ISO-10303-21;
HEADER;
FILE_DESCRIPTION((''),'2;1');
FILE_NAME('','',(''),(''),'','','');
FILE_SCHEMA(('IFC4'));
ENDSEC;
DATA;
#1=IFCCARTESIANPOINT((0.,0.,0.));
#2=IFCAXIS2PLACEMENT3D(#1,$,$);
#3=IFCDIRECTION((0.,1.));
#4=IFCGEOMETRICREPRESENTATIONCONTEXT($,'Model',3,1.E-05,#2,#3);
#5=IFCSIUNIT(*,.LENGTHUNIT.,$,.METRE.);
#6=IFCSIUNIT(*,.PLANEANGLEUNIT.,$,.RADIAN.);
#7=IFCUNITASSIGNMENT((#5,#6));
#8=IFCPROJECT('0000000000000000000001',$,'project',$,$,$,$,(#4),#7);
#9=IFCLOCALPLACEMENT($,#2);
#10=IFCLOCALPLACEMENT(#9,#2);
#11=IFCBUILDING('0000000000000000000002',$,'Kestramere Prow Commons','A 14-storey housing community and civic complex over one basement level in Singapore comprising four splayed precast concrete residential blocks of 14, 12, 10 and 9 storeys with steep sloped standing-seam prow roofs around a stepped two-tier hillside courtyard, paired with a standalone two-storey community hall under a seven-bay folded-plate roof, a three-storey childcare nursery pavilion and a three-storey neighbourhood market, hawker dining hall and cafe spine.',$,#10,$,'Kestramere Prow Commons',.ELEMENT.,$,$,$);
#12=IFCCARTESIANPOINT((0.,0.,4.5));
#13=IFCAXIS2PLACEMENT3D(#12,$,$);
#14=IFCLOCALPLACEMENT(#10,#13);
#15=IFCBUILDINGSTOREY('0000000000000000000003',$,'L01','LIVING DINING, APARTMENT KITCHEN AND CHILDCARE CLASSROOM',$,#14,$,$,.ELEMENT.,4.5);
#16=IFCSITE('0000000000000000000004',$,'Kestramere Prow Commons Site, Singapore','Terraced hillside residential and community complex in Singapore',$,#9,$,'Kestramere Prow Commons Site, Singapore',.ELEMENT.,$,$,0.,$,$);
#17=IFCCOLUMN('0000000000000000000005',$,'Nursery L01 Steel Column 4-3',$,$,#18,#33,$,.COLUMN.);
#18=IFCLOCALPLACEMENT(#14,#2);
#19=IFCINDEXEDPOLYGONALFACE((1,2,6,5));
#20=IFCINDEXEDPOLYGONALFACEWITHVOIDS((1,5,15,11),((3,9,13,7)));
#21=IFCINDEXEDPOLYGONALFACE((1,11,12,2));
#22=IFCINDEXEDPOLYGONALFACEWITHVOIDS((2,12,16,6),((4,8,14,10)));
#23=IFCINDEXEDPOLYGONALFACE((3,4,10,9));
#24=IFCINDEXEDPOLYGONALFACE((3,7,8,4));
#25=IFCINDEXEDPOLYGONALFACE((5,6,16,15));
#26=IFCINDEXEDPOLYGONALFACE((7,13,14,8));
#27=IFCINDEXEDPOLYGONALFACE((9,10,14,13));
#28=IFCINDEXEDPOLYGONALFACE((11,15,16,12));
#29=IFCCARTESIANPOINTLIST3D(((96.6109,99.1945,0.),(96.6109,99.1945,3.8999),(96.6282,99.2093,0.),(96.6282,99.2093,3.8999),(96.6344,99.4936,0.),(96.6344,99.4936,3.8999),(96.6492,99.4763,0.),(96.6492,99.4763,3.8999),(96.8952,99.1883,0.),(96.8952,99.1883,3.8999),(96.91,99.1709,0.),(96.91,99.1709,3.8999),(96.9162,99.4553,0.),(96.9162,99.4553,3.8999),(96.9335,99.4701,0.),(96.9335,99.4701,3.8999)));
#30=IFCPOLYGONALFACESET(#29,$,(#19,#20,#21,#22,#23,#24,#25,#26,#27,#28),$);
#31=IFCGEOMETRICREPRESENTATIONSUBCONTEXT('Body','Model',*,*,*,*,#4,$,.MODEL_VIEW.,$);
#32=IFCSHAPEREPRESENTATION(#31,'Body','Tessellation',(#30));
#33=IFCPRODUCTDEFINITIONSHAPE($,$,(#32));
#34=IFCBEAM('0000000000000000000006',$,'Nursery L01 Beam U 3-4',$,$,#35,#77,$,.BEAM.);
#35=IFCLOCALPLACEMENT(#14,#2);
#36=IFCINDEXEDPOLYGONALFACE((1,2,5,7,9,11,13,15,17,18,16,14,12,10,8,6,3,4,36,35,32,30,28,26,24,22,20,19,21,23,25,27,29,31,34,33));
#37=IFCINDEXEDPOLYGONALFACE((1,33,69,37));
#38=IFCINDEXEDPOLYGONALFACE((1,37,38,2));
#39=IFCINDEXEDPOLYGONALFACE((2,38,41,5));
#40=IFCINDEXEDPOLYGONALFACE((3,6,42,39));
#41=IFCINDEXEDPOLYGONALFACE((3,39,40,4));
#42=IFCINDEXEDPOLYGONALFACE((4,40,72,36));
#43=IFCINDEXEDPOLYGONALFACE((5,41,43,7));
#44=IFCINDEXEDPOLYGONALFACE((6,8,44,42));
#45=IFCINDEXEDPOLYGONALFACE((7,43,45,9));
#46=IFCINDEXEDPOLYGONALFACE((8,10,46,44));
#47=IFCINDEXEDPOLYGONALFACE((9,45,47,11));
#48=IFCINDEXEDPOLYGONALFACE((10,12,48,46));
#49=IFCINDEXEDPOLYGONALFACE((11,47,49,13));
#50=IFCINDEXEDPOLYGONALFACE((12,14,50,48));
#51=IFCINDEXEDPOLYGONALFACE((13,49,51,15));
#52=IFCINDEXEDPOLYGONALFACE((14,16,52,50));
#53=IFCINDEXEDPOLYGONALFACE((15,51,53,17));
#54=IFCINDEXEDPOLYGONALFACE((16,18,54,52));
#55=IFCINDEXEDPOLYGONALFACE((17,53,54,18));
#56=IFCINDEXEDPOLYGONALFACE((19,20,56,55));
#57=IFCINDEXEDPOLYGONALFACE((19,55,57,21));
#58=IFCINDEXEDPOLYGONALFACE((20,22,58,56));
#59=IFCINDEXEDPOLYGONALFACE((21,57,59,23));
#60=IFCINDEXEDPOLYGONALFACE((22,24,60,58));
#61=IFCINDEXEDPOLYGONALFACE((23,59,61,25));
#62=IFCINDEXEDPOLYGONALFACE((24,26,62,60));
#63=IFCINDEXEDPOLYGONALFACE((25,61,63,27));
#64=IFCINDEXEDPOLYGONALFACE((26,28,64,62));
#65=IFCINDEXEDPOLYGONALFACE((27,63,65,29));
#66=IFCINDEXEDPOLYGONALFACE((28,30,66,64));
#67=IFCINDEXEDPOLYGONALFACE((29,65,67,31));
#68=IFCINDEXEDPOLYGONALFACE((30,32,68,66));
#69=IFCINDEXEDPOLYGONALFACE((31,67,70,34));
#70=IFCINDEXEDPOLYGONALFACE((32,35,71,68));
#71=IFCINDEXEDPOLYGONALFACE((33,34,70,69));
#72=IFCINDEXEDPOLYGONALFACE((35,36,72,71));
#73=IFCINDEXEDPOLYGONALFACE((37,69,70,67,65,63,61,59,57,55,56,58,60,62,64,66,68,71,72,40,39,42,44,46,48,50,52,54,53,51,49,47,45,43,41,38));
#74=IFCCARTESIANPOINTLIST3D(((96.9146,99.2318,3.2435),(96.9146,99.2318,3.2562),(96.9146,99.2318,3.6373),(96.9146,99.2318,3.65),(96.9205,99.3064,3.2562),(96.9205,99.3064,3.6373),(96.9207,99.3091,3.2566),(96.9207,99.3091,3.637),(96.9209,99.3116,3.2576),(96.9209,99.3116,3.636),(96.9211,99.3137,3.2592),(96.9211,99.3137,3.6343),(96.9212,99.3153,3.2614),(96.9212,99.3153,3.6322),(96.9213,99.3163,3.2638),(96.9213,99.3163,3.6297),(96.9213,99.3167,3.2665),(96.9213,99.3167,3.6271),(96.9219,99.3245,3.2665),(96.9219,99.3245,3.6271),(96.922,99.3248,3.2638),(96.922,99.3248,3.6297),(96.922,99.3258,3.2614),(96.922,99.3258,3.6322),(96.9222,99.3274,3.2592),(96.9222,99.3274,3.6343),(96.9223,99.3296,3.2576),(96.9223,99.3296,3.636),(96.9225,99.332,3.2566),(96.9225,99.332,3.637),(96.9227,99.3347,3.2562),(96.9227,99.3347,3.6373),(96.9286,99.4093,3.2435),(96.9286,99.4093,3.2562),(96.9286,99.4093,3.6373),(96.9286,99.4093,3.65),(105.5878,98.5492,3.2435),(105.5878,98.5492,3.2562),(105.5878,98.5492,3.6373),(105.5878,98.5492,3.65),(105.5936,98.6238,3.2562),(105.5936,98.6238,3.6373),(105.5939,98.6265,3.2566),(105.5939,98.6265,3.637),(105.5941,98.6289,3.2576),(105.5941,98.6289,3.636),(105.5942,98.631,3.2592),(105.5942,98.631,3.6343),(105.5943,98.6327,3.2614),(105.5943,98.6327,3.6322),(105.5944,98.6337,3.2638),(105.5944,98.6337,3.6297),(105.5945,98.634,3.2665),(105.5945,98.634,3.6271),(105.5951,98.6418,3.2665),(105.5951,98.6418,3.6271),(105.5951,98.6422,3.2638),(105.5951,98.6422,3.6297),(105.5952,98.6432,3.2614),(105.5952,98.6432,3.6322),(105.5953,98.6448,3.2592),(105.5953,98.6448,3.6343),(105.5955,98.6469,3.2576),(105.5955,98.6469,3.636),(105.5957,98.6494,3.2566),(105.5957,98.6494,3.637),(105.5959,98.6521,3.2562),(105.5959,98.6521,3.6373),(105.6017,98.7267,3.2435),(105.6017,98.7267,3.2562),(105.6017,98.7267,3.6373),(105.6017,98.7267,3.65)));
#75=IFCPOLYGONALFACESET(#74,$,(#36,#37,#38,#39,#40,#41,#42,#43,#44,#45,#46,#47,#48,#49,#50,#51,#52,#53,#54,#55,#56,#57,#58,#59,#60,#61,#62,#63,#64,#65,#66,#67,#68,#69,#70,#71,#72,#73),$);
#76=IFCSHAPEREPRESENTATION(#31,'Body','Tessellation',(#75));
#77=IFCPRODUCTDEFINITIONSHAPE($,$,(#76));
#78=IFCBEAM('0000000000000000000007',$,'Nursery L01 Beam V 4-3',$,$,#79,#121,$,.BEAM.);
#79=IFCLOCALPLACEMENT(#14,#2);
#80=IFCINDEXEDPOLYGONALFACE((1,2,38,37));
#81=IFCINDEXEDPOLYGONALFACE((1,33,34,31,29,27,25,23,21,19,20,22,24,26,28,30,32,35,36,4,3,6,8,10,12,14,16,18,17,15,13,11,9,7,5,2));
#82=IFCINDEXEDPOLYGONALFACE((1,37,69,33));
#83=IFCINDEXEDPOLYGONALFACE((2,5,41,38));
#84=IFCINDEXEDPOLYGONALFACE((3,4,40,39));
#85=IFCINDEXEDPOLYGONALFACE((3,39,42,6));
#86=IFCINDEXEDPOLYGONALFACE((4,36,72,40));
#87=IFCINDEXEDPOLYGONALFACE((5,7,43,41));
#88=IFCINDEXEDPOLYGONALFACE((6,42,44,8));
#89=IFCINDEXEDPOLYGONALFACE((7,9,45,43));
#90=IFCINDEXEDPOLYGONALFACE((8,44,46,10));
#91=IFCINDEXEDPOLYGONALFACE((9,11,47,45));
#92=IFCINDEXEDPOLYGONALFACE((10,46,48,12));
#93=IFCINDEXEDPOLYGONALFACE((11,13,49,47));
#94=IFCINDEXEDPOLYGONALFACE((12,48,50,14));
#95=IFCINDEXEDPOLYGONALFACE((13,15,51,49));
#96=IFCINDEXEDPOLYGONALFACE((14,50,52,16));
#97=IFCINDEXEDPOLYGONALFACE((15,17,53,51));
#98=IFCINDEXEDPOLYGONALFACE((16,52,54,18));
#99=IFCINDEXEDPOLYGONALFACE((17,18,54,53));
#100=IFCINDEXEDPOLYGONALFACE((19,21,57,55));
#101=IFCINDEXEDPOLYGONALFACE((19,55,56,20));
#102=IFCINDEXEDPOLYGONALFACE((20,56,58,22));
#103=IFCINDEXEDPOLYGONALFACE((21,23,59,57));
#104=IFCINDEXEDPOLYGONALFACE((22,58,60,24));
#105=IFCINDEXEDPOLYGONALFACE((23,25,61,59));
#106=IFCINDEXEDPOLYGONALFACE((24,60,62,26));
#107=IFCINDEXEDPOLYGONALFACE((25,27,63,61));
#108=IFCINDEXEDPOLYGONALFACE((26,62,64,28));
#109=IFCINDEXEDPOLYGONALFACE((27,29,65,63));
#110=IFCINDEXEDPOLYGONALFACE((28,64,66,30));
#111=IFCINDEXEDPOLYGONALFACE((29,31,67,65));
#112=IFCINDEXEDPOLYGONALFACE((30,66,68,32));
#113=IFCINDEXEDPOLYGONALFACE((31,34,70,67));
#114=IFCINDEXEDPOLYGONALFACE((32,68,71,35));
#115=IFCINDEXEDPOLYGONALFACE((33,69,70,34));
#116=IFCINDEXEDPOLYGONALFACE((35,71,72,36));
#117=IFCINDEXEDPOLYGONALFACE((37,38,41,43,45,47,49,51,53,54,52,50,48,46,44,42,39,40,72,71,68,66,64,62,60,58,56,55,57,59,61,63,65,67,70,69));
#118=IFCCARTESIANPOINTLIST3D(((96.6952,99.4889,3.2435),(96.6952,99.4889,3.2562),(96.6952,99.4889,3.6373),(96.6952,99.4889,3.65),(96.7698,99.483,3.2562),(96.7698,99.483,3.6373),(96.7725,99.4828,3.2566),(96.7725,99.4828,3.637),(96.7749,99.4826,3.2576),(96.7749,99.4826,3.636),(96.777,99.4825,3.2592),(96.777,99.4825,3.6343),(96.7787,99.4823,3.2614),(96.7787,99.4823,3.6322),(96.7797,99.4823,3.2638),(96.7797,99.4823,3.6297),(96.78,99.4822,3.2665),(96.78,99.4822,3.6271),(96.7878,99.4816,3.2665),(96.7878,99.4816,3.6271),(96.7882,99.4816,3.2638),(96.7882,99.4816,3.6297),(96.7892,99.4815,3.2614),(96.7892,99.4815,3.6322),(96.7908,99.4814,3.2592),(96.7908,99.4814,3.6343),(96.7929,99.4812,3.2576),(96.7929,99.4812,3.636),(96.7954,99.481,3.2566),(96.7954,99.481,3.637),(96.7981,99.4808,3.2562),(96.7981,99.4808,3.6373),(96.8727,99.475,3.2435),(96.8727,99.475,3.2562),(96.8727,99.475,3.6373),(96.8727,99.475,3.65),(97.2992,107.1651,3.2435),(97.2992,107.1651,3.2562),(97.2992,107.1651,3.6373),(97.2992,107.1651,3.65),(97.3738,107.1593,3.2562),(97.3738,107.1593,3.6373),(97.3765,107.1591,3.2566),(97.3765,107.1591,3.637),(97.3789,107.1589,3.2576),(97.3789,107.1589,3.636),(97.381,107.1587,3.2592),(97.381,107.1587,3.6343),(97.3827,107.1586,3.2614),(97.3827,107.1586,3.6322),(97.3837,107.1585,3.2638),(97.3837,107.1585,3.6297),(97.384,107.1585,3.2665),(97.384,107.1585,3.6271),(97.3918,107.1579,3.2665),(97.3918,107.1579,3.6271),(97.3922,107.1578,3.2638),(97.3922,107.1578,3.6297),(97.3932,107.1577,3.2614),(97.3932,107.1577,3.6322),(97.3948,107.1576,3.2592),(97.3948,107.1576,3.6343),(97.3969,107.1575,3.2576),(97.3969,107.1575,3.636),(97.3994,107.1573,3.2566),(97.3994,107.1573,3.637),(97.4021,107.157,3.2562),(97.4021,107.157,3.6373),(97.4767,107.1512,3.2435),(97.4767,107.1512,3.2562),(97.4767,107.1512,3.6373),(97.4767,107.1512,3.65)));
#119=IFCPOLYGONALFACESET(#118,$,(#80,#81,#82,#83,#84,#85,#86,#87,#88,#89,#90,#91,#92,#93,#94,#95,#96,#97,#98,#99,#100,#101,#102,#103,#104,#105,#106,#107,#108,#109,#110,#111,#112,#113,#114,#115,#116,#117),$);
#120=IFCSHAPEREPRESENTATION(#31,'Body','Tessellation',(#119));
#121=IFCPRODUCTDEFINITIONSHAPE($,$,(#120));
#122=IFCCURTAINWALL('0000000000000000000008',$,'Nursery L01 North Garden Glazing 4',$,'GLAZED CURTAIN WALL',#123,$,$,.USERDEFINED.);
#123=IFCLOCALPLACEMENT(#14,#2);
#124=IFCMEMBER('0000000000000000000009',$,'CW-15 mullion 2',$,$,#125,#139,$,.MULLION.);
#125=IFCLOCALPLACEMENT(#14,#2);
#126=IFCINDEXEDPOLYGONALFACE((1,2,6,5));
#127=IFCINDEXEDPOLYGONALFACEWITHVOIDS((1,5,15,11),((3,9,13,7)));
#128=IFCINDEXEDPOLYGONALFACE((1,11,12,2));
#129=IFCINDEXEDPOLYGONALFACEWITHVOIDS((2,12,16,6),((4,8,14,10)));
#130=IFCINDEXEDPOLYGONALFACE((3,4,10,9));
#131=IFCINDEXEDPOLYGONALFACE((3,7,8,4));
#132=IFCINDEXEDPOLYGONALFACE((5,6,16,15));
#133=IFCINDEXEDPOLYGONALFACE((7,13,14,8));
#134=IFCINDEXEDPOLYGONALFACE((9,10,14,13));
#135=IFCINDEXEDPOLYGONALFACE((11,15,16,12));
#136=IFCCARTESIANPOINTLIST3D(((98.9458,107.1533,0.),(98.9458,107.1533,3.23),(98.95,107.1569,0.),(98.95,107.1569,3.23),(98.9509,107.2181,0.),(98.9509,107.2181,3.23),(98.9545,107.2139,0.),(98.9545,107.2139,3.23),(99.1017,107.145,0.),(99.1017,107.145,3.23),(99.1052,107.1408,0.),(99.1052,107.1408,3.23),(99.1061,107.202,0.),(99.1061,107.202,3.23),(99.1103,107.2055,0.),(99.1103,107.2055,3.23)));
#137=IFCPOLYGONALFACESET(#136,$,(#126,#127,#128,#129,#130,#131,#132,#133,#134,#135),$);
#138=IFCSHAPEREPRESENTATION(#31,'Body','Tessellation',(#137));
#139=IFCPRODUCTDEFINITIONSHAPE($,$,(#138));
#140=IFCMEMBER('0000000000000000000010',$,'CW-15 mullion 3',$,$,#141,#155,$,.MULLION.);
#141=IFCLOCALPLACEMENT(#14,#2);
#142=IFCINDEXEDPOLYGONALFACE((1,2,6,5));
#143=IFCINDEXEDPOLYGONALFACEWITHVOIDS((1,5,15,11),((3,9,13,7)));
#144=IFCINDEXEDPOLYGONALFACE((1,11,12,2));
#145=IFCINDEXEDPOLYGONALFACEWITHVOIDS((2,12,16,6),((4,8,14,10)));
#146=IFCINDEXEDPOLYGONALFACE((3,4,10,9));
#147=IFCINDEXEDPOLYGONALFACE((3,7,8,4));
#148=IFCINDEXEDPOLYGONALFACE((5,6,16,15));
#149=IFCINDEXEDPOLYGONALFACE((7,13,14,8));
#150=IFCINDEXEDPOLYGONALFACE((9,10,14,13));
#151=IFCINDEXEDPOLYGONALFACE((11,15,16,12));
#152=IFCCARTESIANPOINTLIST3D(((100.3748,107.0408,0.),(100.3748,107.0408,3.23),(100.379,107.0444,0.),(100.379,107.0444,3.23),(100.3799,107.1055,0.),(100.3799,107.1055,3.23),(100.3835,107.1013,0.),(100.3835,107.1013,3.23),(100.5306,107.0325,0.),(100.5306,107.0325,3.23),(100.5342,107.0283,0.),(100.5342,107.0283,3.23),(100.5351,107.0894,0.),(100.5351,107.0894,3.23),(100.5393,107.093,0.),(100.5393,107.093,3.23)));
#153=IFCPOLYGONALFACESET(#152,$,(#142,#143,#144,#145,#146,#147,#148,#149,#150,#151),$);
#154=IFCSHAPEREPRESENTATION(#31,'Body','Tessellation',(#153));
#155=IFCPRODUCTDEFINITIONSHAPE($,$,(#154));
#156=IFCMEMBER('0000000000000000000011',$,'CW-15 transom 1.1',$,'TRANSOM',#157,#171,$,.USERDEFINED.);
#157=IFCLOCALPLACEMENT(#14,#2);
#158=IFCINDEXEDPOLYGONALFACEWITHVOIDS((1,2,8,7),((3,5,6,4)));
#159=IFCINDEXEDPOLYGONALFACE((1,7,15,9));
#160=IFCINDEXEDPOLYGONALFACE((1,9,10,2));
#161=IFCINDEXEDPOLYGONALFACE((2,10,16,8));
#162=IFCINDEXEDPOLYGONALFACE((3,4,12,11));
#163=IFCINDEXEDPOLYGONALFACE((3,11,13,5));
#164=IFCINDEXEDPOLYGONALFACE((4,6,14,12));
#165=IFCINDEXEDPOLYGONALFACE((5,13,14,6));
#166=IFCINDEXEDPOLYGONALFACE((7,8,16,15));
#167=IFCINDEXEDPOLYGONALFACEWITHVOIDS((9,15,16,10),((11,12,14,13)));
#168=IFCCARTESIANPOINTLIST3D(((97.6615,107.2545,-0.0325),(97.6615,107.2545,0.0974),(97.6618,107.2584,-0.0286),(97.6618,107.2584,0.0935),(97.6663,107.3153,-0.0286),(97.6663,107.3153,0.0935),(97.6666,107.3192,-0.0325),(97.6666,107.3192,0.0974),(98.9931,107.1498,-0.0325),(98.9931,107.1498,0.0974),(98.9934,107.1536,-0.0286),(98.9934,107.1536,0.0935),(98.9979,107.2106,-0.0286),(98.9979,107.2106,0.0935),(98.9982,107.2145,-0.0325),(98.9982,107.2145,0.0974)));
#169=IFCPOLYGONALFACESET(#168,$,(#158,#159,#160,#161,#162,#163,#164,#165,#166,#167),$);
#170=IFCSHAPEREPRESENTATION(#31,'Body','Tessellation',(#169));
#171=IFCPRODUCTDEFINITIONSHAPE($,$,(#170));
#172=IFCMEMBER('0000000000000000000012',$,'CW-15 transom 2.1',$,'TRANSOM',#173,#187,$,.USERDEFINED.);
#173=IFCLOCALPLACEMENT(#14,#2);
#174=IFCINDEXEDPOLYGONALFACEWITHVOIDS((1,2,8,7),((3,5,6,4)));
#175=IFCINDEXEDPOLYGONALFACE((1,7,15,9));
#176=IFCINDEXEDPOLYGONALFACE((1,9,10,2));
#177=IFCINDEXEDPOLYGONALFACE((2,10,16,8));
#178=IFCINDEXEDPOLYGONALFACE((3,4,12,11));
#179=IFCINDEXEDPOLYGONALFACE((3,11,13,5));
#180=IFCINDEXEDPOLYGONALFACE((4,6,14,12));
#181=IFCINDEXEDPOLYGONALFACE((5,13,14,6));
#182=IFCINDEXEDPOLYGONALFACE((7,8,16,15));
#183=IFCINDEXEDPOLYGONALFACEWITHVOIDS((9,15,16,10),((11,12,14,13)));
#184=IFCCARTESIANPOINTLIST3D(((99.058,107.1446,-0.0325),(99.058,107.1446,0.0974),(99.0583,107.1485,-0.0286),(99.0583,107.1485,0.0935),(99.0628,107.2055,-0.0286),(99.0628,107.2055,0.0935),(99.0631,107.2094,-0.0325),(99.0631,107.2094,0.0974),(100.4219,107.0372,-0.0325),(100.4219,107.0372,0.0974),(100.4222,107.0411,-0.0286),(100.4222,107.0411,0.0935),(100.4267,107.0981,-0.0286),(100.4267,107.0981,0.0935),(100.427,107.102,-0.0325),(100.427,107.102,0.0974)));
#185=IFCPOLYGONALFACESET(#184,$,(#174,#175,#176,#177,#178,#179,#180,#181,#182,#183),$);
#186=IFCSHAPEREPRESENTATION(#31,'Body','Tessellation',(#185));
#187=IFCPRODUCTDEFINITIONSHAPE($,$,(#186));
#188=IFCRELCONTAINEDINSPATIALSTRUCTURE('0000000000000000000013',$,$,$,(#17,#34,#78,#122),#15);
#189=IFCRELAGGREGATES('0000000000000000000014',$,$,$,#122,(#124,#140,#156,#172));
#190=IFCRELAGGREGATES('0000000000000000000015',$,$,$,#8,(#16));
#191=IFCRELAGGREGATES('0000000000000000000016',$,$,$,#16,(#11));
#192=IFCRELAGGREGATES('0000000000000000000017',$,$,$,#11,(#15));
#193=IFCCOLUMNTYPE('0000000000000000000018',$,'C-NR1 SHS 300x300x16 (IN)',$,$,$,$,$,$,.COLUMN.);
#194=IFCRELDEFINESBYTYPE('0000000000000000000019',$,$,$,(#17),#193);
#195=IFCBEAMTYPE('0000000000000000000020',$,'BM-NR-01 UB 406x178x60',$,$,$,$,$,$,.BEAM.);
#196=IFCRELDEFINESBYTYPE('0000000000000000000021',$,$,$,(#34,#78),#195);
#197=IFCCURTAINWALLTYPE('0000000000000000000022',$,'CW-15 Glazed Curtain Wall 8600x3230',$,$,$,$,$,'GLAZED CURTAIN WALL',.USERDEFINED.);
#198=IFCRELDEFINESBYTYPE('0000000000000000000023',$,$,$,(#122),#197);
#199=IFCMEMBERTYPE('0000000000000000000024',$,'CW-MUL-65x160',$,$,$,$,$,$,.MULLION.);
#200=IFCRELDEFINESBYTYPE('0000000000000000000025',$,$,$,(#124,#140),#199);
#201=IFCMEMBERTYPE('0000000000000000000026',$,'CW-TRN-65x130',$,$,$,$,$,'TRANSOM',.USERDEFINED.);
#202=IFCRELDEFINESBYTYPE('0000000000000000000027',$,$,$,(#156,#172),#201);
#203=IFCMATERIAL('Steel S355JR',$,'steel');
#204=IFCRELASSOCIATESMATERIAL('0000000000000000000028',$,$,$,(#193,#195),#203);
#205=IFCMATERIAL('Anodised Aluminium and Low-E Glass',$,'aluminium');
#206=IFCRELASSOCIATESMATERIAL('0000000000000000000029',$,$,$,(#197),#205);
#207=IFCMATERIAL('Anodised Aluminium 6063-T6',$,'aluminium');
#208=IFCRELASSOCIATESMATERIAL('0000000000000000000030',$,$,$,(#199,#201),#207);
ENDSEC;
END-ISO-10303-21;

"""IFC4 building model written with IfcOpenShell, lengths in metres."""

from ifc_helpers import new_model, si_unit, direction, frame, origin, origin_2d, place, context, subcontext, project, spatial, hollow_rectangle, i_section, extrude, material, material_profile, profile_set, type_object, element, aggregate, save


model = new_model("IFC4")

# Units and contexts
model_context = context("Model", 3, precision=1e-05, world=origin(), true_north=direction((0.0, 1.0)))
body_context = subcontext(model_context, "Body", "Model", "MODEL_VIEW")
ifc_project = project(units=[si_unit("LENGTHUNIT", "METRE"), si_unit("PLANEANGLEUNIT", "RADIAN")], contexts=[model_context])

# Site, building, storey
site_placement = place(None, origin())
site = spatial("IfcSite", under=ifc_project, at=site_placement, Name="Kestramere Prow Commons Site, Singapore", Description="Terraced hillside residential and community complex in Singapore", LongName="Kestramere Prow Commons Site, Singapore", CompositionType="ELEMENT", RefElevation=0.0)
building_placement = place(site_placement, origin())
building = spatial("IfcBuilding", under=site, at=building_placement, Name="Kestramere Prow Commons", Description="A 14-storey housing community and civic complex over one basement level in Singapore comprising four splayed precast concrete residential blocks of 14, 12, 10 and 9 storeys with steep sloped standing-seam prow roofs around a stepped two-tier hillside courtyard, paired with a standalone two-storey community hall under a seven-bay folded-plate roof, a three-storey childcare nursery pavilion and a three-storey neighbourhood market, hawker dining hall and cafe spine.", LongName="Kestramere Prow Commons", CompositionType="ELEMENT")
storey_placement = place(building_placement, frame((0.0, 0.0, 4.5)))
storey = spatial("IfcBuildingStorey", under=building, at=storey_placement, Name="L01", Description="LIVING DINING, APARTMENT KITCHEN AND CHILDCARE CLASSROOM", CompositionType="ELEMENT", Elevation=4.5)

# Column
ifc_material_1 = material(Name="Steel S355JR", Category="steel")
ifc_material_profile_1 = material_profile(ifc_material_1, hollow_rectangle(XDim=0.3, YDim=0.3, WallThickness=0.0161, at=origin_2d()), Name="SHS 300x300x16")
ifc_profile_set_1 = profile_set([ifc_material_profile_1], Name="Steel S355JR")
column_type = type_object("IfcColumnType", Name="C-NR1 SHS 300x300x16 (IN)", PredefinedType="COLUMN", material=ifc_profile_set_1)
column_placement = place(storey_placement, frame((96.7722, 99.3323, 0.0), z_axis=(0.0, 0.0, 1.0), x_axis=(0.996917, -0.078459, 0.0)))
element("IfcColumn", 1, at=column_placement, inside=storey, type_object=column_type, Name="Nursery L01 Steel Column 4-3", PredefinedType="COLUMN", context=body_context, shape_type="SweptSolid", body=[
    extrude(hollow_rectangle(XDim=0.3, YDim=0.3, WallThickness=0.0161, at=origin_2d()), origin(), (0.0, 0.0, 1.0), 3.8999),
])

# Beams
ifc_material_profile_2 = material_profile(ifc_material_1, i_section(OverallWidth=0.178, OverallDepth=0.4065, WebThickness=0.0078, FlangeThickness=0.0127, FilletRadius=0.0103, at=origin_2d()), Name="UB 406x178x60")
ifc_profile_set_2 = profile_set([ifc_material_profile_2], Name="Steel S355JR")
beam_type = type_object("IfcBeamType", Name="BM-NR-01 UB 406x178x60", PredefinedType="BEAM", material=ifc_profile_set_2)
beam_1_placement = place(storey_placement, frame((96.9216, 99.3206, 3.4468), z_axis=(0.996917, -0.078462, 0.0), x_axis=(0.078462, 0.996917, 0.0)))
element("IfcBeam", 2, at=beam_1_placement, inside=storey, type_object=beam_type, Name="Nursery L01 Beam U 3-4", PredefinedType="BEAM", context=body_context, shape_type="SweptSolid", body=[
    extrude(i_section(OverallWidth=0.178, OverallDepth=0.4065, WebThickness=0.0078, FlangeThickness=0.0127, FilletRadius=0.0103, at=origin_2d()), origin(), (0.0, 0.0, 1.0), 8.7),
])
beam_2_placement = place(storey_placement, frame((96.7839, 99.4819, 3.4468), z_axis=(0.078442, 0.996919, 0.0), x_axis=(-0.996919, 0.078442, 0.0)))
element("IfcBeam", 3, at=beam_2_placement, inside=storey, type_object=beam_type, Name="Nursery L01 Beam V 4-3", PredefinedType="BEAM", context=body_context, shape_type="SweptSolid", body=[
    extrude(i_section(OverallWidth=0.178, OverallDepth=0.4065, WebThickness=0.0078, FlangeThickness=0.0127, FilletRadius=0.0103, at=origin_2d()), origin(), (0.0, 0.0, 1.0), 7.7),
])

# Curtain wall, members
ifc_material_2 = material(Name="Anodised Aluminium and Low-E Glass", Category="aluminium")
curtain_wall_type = type_object("IfcCurtainWallType", Name="CW-15 Glazed Curtain Wall 8600x3230", ElementType="GLAZED CURTAIN WALL", PredefinedType="USERDEFINED", material=ifc_material_2)
curtain_wall_placement = place(storey_placement, origin())
curtain_wall = element("IfcCurtainWall", 4, at=curtain_wall_placement, inside=storey, type_object=curtain_wall_type, Name="Nursery L01 North Garden Glazing 4", ObjectType="GLAZED CURTAIN WALL", PredefinedType="USERDEFINED")
ifc_material_3 = material(Name="Anodised Aluminium 6063-T6", Category="aluminium")
ifc_material_profile_3 = material_profile(ifc_material_3, hollow_rectangle(XDim=0.0649, YDim=0.1599, WallThickness=0.0039, at=origin_2d()), Name="ALU-MUL 65x160")
ifc_profile_set_3 = profile_set([ifc_material_profile_3], Name="Anodised Aluminium 6063-T6")
member_type_1 = type_object("IfcMemberType", Name="CW-MUL-65x160", PredefinedType="MULLION", material=ifc_profile_set_3)
member_1_placement = place(storey_placement, frame((99.0281, 107.1794, 0.0), z_axis=(0.0, 0.0, 1.0), x_axis=(0.078459, 0.996917, 0.0)))
member_1 = element("IfcMember", 5, at=member_1_placement, type_object=member_type_1, Name="CW-15 mullion 2", PredefinedType="MULLION", context=body_context, shape_type="SweptSolid", body=[
    extrude(hollow_rectangle(XDim=0.0649, YDim=0.1599, WallThickness=0.0039, at=origin_2d()), origin(), (0.0, 0.0, 1.0), 3.23),
])
member_2_placement = place(storey_placement, frame((100.457, 107.0669, 0.0), z_axis=(0.0, 0.0, 1.0), x_axis=(0.078459, 0.996917, 0.0)))
member_2 = element("IfcMember", 6, at=member_2_placement, type_object=member_type_1, Name="CW-15 mullion 3", PredefinedType="MULLION", context=body_context, shape_type="SweptSolid", body=[
    extrude(hollow_rectangle(XDim=0.0649, YDim=0.1599, WallThickness=0.0039, at=origin_2d()), origin(), (0.0, 0.0, 1.0), 3.23),
])
ifc_material_profile_4 = material_profile(ifc_material_3, hollow_rectangle(XDim=0.0649, YDim=0.1299, WallThickness=0.0039, at=origin_2d()), Name="ALU-TRN 65x130")
ifc_profile_set_4 = profile_set([ifc_material_profile_4], Name="Anodised Aluminium 6063-T6")
member_type_2 = type_object("IfcMemberType", Name="CW-TRN-65x130", ElementType="TRANSOM", PredefinedType="USERDEFINED", material=ifc_profile_set_4)
member_3_placement = place(storey_placement, frame((97.6641, 107.2869, 0.0325), z_axis=(0.996921, -0.078416, 0.0), x_axis=(0.078416, 0.996921, 0.0)))
member_3 = element("IfcMember", 7, at=member_3_placement, type_object=member_type_2, Name="CW-15 transom 1.1", ObjectType="TRANSOM", PredefinedType="USERDEFINED", context=body_context, shape_type="SweptSolid", body=[
    extrude(hollow_rectangle(XDim=0.0649, YDim=0.1299, WallThickness=0.0039, at=origin_2d()), origin(), (0.0, 0.0, 1.0), 1.3357),
])
member_4_placement = place(storey_placement, frame((99.0605, 107.177, 0.0325), z_axis=(0.996913, -0.078511, 0.0), x_axis=(0.078511, 0.996913, 0.0)))
member_4 = element("IfcMember", 8, at=member_4_placement, type_object=member_type_2, Name="CW-15 transom 2.1", ObjectType="TRANSOM", PredefinedType="USERDEFINED", context=body_context, shape_type="SweptSolid", body=[
    extrude(hollow_rectangle(XDim=0.0649, YDim=0.1299, WallThickness=0.0039, at=origin_2d()), origin(), (0.0, 0.0, 1.0), 1.3682),
])
aggregate(curtain_wall, [member_1, member_2, member_3, member_4])

save(model, "model.ifc")
